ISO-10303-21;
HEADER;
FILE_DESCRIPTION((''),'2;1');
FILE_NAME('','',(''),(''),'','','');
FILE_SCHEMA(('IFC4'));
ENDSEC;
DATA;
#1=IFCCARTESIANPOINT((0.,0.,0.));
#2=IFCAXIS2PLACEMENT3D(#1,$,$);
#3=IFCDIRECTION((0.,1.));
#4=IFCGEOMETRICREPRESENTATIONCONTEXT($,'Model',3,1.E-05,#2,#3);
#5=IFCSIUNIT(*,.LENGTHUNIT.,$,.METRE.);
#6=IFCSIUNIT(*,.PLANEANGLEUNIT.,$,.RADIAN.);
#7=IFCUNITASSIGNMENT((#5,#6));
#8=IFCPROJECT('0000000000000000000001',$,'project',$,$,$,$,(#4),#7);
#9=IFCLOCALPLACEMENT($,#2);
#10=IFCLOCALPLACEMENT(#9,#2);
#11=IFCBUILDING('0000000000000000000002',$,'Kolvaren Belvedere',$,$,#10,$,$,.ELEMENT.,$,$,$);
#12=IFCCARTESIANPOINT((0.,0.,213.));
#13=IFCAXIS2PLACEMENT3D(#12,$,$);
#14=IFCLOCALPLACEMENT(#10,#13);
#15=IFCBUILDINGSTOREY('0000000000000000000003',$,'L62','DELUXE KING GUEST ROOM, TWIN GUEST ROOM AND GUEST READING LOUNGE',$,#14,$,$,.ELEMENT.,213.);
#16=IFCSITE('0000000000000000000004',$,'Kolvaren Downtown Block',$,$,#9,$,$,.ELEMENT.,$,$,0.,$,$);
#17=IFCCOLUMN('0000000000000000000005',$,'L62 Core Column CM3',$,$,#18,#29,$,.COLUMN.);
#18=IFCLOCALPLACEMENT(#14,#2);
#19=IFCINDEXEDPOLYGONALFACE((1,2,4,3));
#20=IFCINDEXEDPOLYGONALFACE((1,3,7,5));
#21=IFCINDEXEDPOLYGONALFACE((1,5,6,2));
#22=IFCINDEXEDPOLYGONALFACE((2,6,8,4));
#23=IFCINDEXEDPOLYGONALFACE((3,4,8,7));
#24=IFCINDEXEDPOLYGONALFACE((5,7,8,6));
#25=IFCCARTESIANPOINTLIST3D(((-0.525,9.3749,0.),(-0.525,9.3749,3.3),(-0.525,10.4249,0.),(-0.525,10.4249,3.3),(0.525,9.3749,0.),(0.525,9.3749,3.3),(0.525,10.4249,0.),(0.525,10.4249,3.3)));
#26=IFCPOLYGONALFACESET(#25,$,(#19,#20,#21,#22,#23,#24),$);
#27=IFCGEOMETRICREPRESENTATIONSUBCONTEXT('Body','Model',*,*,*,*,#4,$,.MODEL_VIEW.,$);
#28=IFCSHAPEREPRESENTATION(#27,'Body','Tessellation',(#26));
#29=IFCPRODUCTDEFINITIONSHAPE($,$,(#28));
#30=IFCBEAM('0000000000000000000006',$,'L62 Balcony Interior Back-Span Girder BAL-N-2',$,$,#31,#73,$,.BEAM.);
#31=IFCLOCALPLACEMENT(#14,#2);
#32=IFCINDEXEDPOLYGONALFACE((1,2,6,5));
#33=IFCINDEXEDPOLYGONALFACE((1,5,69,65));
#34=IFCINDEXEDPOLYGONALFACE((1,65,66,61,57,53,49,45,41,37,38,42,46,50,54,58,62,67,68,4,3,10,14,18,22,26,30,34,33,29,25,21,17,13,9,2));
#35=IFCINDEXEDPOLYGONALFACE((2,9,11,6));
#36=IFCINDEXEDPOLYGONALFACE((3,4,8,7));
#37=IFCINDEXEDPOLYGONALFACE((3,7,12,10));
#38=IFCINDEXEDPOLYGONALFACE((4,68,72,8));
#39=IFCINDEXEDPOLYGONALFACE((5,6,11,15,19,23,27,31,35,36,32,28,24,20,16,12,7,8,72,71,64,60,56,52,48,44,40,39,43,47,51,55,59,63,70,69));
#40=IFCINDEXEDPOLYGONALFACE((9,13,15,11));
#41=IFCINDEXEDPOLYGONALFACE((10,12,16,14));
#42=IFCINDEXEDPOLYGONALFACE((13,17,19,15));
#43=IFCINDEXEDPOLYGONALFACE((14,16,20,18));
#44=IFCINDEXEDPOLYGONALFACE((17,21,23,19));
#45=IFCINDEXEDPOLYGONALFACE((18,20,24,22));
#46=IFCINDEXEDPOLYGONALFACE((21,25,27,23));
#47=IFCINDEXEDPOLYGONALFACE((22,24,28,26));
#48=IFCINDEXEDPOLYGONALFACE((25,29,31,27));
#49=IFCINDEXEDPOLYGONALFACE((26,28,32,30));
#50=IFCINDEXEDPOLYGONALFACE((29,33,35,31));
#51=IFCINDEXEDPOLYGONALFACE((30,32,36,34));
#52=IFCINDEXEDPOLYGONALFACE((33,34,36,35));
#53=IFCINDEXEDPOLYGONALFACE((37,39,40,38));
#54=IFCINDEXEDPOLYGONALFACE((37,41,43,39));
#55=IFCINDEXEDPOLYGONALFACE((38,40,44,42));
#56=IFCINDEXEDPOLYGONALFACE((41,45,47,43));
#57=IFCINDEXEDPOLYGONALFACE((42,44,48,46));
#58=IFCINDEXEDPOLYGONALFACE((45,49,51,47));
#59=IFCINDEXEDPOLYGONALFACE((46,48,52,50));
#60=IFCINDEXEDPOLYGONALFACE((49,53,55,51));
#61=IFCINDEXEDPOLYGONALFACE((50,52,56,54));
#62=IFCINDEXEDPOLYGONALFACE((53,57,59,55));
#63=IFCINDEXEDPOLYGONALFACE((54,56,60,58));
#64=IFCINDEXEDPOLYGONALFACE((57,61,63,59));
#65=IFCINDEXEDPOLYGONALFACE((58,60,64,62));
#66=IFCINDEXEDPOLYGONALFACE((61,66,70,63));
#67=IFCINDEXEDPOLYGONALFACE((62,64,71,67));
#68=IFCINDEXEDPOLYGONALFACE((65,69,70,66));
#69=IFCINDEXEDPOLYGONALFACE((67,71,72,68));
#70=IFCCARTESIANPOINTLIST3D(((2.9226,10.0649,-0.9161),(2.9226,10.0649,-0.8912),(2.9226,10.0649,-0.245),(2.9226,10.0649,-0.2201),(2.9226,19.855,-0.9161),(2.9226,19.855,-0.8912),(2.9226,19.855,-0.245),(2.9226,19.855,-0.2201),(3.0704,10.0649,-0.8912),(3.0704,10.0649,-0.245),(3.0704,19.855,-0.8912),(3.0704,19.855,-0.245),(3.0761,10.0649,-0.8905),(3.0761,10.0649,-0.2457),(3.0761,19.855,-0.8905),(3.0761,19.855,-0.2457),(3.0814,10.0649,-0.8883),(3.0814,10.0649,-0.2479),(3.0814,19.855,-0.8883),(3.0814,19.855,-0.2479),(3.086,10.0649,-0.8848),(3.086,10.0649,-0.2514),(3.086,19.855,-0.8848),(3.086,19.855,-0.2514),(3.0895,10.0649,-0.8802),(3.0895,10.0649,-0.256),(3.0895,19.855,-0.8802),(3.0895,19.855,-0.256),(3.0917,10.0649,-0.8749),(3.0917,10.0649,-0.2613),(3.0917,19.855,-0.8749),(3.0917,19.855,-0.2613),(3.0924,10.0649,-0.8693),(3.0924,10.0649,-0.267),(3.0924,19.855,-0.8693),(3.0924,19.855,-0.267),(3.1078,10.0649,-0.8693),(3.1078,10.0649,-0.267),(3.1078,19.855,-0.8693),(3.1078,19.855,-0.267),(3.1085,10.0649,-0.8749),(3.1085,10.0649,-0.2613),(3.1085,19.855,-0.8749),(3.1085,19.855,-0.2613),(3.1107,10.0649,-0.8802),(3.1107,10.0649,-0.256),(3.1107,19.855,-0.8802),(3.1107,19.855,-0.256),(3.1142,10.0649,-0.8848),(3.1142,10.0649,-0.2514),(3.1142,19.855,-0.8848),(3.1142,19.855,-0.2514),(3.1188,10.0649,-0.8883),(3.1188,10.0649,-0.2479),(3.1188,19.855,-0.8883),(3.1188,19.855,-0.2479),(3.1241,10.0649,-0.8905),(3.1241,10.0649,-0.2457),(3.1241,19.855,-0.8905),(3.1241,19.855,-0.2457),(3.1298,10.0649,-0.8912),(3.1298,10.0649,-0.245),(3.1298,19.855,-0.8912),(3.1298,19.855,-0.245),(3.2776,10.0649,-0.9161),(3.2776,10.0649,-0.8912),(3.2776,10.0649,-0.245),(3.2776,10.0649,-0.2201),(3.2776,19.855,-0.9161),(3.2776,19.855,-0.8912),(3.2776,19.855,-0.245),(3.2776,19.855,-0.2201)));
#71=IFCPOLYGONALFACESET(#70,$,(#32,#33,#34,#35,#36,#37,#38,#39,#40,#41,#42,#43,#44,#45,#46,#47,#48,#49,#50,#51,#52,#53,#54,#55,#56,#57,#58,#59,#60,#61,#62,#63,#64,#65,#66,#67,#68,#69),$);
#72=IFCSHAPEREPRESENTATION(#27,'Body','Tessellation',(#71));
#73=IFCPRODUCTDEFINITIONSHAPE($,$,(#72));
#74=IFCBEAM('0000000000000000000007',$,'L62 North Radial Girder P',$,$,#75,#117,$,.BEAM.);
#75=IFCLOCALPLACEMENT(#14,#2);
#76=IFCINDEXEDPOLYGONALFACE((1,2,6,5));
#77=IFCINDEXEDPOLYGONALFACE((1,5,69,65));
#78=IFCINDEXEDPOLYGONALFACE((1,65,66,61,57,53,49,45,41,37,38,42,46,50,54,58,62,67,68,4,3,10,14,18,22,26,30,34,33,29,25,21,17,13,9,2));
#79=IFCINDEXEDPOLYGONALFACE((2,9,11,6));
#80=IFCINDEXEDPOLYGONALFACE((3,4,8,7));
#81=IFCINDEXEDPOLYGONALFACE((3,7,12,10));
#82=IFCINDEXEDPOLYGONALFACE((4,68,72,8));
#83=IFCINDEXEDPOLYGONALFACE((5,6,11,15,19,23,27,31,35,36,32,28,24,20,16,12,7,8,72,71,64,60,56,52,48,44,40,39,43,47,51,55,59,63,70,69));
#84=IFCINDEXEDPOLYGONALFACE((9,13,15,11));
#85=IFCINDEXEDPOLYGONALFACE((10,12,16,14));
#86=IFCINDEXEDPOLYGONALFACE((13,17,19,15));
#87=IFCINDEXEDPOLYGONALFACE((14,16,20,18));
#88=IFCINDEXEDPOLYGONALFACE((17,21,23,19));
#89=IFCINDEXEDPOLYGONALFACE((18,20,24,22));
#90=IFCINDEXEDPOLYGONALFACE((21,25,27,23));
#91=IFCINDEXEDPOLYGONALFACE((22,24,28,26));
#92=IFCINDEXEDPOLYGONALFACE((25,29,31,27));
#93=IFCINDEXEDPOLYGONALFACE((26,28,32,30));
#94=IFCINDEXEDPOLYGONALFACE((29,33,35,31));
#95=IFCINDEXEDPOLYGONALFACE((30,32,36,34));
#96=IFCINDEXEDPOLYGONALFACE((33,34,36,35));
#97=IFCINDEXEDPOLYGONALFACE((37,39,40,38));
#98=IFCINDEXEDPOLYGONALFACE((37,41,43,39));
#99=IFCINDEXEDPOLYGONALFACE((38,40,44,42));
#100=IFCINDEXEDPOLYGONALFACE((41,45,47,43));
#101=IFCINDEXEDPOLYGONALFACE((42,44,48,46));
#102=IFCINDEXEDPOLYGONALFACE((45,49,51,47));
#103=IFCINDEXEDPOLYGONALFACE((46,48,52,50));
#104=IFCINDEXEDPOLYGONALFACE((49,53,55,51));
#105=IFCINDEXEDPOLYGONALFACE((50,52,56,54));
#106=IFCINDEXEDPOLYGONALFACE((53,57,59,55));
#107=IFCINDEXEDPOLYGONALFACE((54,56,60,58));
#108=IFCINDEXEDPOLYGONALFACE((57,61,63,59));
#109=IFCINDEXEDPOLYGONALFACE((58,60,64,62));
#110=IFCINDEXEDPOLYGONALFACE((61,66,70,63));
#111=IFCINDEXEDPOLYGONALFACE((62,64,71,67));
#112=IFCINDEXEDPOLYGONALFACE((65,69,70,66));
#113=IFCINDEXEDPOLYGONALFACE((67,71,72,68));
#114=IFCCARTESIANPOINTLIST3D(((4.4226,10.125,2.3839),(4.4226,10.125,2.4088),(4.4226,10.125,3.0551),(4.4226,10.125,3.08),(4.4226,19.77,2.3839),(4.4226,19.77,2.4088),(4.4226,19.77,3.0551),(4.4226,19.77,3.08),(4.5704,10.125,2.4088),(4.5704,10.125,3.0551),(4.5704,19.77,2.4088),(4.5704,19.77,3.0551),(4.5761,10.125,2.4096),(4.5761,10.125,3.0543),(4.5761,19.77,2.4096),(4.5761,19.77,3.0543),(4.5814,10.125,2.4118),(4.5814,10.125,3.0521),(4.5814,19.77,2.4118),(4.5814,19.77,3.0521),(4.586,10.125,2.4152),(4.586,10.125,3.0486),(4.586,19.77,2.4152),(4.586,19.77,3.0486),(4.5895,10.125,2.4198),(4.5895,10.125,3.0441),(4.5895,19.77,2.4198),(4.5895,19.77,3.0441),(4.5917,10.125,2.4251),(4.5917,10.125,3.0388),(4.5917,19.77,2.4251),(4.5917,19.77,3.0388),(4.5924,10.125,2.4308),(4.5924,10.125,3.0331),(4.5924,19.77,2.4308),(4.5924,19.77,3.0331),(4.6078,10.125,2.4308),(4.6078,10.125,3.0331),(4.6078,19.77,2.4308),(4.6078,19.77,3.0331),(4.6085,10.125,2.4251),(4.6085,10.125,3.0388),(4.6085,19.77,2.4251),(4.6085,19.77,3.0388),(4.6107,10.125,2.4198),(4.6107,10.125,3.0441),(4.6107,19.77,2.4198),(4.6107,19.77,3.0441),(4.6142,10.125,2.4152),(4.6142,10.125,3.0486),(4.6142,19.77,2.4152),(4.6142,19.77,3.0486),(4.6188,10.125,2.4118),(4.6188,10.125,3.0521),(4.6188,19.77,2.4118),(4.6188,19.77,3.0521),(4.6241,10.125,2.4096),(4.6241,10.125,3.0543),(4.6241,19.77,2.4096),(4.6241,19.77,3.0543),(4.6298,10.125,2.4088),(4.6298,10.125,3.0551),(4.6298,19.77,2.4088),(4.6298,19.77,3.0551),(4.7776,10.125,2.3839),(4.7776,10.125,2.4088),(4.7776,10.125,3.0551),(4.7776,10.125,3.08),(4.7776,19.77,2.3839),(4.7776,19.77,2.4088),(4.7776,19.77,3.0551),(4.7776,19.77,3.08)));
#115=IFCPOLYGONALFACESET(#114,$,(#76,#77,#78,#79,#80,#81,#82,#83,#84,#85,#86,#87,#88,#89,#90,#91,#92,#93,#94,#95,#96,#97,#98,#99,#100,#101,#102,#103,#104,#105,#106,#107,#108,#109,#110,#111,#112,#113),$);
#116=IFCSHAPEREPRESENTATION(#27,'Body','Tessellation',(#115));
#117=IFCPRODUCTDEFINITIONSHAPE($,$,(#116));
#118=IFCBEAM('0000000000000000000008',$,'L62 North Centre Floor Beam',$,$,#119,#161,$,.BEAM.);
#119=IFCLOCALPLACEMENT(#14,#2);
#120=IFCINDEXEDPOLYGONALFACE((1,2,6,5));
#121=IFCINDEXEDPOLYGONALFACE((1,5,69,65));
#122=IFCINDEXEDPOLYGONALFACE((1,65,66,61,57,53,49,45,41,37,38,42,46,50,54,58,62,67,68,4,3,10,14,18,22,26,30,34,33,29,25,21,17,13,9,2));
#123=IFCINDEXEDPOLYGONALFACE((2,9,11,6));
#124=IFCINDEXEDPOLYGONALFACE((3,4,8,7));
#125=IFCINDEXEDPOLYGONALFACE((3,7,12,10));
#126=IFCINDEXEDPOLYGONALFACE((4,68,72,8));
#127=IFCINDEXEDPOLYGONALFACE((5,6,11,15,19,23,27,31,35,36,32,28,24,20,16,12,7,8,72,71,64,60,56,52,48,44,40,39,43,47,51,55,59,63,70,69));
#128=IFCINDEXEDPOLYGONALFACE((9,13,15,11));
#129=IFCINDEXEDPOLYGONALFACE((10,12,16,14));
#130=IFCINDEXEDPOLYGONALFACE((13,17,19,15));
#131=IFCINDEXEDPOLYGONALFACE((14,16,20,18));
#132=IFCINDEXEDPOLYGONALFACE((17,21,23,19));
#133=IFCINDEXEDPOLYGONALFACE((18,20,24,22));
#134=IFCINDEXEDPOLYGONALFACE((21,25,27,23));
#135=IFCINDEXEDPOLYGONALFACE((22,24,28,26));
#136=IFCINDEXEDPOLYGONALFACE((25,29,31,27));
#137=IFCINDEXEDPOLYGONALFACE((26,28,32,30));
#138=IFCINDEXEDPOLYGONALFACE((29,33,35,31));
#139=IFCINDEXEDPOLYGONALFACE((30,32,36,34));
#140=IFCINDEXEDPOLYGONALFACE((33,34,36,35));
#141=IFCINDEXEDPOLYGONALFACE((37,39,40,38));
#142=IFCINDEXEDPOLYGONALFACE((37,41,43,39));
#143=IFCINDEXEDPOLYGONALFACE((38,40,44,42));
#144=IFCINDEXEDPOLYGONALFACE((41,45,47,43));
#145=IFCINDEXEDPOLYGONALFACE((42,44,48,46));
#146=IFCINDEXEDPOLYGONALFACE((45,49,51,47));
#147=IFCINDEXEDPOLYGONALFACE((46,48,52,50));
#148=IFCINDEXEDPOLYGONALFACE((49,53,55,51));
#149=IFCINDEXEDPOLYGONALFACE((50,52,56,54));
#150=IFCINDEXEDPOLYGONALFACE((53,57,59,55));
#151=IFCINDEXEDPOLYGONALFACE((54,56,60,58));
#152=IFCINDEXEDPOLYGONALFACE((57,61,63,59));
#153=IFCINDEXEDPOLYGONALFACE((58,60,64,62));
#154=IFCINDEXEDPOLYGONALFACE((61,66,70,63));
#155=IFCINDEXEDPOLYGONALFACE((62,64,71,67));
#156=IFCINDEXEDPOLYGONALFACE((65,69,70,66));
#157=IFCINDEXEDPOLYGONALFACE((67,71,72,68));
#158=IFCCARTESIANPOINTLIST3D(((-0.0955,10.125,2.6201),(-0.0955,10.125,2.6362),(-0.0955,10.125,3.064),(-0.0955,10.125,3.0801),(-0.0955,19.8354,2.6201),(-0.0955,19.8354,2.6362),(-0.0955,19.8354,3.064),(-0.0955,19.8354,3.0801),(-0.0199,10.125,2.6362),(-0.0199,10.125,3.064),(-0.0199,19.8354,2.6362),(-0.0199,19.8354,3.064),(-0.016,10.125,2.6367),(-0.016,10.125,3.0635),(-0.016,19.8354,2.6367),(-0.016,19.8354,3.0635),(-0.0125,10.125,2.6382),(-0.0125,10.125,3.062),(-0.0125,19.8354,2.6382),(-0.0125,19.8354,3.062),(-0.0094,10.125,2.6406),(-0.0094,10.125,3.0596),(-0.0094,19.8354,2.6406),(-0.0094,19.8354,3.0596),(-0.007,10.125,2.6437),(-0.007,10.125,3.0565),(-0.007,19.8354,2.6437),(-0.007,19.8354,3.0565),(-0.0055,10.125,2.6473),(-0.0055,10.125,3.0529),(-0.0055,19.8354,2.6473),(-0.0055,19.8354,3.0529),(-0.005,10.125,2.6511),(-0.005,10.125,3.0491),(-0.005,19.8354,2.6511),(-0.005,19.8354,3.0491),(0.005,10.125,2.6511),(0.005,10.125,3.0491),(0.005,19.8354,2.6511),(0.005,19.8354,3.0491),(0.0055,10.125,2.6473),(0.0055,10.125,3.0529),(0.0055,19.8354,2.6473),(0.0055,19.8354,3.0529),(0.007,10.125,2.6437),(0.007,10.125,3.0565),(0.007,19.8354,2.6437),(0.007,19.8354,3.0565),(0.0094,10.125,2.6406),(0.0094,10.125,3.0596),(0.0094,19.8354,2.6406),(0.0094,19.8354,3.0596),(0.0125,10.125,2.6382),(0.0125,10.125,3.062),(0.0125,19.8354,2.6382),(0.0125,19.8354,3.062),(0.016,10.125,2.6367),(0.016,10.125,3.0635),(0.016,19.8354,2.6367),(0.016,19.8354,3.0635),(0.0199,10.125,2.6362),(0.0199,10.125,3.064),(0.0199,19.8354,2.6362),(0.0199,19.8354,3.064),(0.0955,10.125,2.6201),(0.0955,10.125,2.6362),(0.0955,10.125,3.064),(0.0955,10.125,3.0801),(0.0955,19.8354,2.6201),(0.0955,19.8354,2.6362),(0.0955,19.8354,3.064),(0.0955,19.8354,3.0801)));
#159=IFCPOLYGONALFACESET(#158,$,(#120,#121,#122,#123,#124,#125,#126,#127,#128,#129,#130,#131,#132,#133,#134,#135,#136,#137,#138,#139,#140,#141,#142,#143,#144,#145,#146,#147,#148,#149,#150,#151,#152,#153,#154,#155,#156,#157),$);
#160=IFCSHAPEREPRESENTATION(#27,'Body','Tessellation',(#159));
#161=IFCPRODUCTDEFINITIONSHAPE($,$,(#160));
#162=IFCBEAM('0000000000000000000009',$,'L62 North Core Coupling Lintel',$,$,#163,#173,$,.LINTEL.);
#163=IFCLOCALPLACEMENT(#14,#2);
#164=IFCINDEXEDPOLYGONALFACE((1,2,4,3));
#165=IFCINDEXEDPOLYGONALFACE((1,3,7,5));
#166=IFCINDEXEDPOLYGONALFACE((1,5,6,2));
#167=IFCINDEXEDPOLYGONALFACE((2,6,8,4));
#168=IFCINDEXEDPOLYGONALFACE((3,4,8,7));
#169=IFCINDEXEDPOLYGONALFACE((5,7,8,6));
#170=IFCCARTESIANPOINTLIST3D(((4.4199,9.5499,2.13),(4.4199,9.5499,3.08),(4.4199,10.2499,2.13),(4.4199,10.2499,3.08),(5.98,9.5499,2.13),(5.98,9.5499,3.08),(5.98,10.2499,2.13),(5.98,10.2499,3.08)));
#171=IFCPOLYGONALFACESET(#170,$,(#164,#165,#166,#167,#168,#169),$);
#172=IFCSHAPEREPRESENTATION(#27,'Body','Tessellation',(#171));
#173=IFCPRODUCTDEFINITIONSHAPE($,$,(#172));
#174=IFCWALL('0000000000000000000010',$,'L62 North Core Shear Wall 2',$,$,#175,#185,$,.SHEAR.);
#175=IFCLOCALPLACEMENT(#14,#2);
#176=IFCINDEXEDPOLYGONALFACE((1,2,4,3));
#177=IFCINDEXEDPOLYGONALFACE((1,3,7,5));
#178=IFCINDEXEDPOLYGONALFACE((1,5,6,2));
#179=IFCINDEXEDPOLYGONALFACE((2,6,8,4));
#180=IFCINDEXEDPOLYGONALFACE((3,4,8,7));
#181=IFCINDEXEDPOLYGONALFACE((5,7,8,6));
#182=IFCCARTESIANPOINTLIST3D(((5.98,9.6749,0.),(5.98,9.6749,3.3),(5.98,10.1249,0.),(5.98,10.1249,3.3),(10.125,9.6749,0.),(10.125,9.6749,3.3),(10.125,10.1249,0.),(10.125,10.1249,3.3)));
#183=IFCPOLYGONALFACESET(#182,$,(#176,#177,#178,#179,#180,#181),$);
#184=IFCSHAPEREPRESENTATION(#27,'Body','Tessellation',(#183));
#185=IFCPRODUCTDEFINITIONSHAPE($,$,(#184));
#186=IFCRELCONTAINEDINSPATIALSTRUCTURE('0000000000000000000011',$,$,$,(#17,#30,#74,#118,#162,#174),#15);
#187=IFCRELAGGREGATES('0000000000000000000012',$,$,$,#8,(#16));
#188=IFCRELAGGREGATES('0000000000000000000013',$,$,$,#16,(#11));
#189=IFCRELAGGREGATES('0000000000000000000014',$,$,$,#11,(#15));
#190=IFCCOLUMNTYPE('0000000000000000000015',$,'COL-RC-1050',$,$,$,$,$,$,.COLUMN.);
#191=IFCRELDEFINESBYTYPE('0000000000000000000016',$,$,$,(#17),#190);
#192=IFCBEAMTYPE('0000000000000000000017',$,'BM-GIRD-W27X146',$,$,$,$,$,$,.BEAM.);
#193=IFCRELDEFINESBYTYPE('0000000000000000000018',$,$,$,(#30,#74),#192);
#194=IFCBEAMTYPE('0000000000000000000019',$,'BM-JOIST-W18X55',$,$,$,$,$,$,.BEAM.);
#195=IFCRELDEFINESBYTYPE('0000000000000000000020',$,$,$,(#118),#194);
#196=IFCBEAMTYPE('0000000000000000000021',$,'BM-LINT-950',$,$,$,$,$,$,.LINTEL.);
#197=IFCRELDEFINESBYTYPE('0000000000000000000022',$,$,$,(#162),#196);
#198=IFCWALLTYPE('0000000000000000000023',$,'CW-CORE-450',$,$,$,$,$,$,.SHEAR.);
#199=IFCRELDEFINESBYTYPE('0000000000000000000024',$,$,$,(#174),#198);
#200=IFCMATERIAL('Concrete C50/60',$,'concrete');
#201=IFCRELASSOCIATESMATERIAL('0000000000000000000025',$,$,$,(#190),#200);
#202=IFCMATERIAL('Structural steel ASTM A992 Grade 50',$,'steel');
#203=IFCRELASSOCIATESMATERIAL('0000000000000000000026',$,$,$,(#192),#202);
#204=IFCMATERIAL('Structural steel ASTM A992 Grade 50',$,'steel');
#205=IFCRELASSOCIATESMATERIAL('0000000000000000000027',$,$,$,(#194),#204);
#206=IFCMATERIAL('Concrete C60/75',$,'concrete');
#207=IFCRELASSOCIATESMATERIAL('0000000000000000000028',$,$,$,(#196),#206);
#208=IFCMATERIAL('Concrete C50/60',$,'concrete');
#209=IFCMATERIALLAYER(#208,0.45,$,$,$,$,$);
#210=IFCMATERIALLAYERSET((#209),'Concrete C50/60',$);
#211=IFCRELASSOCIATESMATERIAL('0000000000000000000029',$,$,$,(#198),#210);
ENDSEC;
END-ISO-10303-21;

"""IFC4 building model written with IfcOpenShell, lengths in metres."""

from ifc_helpers import new_model, si_unit, direction, frame, frame_2d, origin, origin_2d, place, context, subcontext, project, spatial, rectangle, i_section, extrude, material, layer, layer_set, material_profile, profile_set, type_object, element, save


model = new_model("IFC4")

# Units and contexts
model_context = context("Model", 3, precision=1e-05, world=origin(), true_north=direction((0.0, 1.0)))
body_context = subcontext(model_context, "Body", "Model", "MODEL_VIEW")
ifc_project = project(units=[si_unit("LENGTHUNIT", "METRE"), si_unit("PLANEANGLEUNIT", "RADIAN")], contexts=[model_context])

# Site, building, storey
site_placement = place(None, origin())
site = spatial("IfcSite", under=ifc_project, at=site_placement, Name="Kolvaren Downtown Block", CompositionType="ELEMENT", RefElevation=0.0)
building_placement = place(site_placement, origin())
building = spatial("IfcBuilding", under=site, at=building_placement, Name="Kolvaren Belvedere", CompositionType="ELEMENT")
storey_placement = place(building_placement, frame((0.0, 0.0, 213.0)))
storey = spatial("IfcBuildingStorey", under=building, at=storey_placement, Name="L62", Description="DELUXE KING GUEST ROOM, TWIN GUEST ROOM AND GUEST READING LOUNGE", CompositionType="ELEMENT", Elevation=213.0)

# Column
ifc_material_1 = material(Name="Concrete C50/60", Category="concrete")
ifc_material_profile_1 = material_profile(ifc_material_1, rectangle(XDim=1.05, YDim=1.05, at=origin_2d()), Name="RC 1050X1050")
ifc_profile_set_1 = profile_set([ifc_material_profile_1], Name="Concrete C50/60")
column_type = type_object("IfcColumnType", Name="COL-RC-1050", PredefinedType="COLUMN", material=ifc_profile_set_1)
column_placement = place(storey_placement, frame((0.0, 9.8999, 0.0), z_axis=(0.0, 0.0, 1.0), x_axis=(1.0, 0.0, 0.0)))
element("IfcColumn", 1, at=column_placement, inside=storey, type_object=column_type, Name="L62 Core Column CM3", PredefinedType="COLUMN", context=body_context, shape_type="SweptSolid", body=[
    extrude(rectangle(XDim=1.05, YDim=1.05, at=origin_2d()), origin(), (0.0, 0.0, 1.0), 3.3),
])

# Beams
ifc_material_2 = material(Name="Structural steel ASTM A992 Grade 50", Category="steel")
ifc_material_profile_2 = material_profile(ifc_material_2, i_section(OverallWidth=0.355, OverallDepth=0.696, WebThickness=0.0154, FlangeThickness=0.0249, FilletRadius=0.022, at=origin_2d()), Name="W27X146")
ifc_profile_set_2 = profile_set([ifc_material_profile_2], Name="Structural steel ASTM A992 Grade 50")
beam_type_1 = type_object("IfcBeamType", Name="BM-GIRD-W27X146", PredefinedType="BEAM", material=ifc_profile_set_2)
beam_1_placement = place(storey_placement, frame((3.1001, 10.0649, -0.5681), z_axis=(0.0, 1.0, 0.0), x_axis=(-1.0, 0.0, 0.0)))
element("IfcBeam", 2, at=beam_1_placement, inside=storey, type_object=beam_type_1, Name="L62 Balcony Interior Back-Span Girder BAL-N-2", PredefinedType="BEAM", context=body_context, shape_type="SweptSolid", body=[
    extrude(i_section(OverallWidth=0.355, OverallDepth=0.696, WebThickness=0.0154, FlangeThickness=0.0249, FilletRadius=0.022, at=origin_2d()), origin(), (0.0, 0.0, 1.0), 9.79),
])
beam_2_placement = place(storey_placement, frame((4.6001, 10.125, 2.7319), z_axis=(0.0, 1.0, 0.0), x_axis=(-1.0, 0.0, 0.0)))
element("IfcBeam", 3, at=beam_2_placement, inside=storey, type_object=beam_type_1, Name="L62 North Radial Girder P", PredefinedType="BEAM", context=body_context, shape_type="SweptSolid", body=[
    extrude(i_section(OverallWidth=0.355, OverallDepth=0.696, WebThickness=0.0154, FlangeThickness=0.0249, FilletRadius=0.022, at=origin_2d()), origin(), (0.0, 0.0, 1.0), 9.645),
])
ifc_material_3 = material(Name="Structural steel ASTM A992 Grade 50", Category="steel")
ifc_material_profile_3 = material_profile(ifc_material_3, i_section(OverallWidth=0.1909, OverallDepth=0.46, WebThickness=0.01, FlangeThickness=0.0161, FilletRadius=0.0149, at=origin_2d()), Name="W18X55")
ifc_profile_set_3 = profile_set([ifc_material_profile_3], Name="Structural steel ASTM A992 Grade 50")
beam_type_2 = type_object("IfcBeamType", Name="BM-JOIST-W18X55", PredefinedType="BEAM", material=ifc_profile_set_3)
beam_3_placement = place(storey_placement, frame((0.0, 10.125, 2.8501), z_axis=(0.0, 1.0, 0.0), x_axis=(-1.0, 0.0, 0.0)))
element("IfcBeam", 4, at=beam_3_placement, inside=storey, type_object=beam_type_2, Name="L62 North Centre Floor Beam", PredefinedType="BEAM", context=body_context, shape_type="SweptSolid", body=[
    extrude(i_section(OverallWidth=0.1909, OverallDepth=0.46, WebThickness=0.01, FlangeThickness=0.0161, FilletRadius=0.0149, at=origin_2d()), origin(), (0.0, 0.0, 1.0), 9.7104),
])
ifc_material_4 = material(Name="Concrete C60/75", Category="concrete")
ifc_material_profile_4 = material_profile(ifc_material_4, rectangle(XDim=0.7, YDim=0.95, at=origin_2d()), Name="RC 700X950")
ifc_profile_set_4 = profile_set([ifc_material_profile_4], Name="Concrete C60/75")
beam_type_3 = type_object("IfcBeamType", Name="BM-LINT-950", PredefinedType="LINTEL", material=ifc_profile_set_4)
beam_4_placement = place(storey_placement, frame((4.4199, 9.8999, 2.605), z_axis=(1.0, 0.0, 0.0), x_axis=(0.0, 1.0, 0.0)))
element("IfcBeam", 5, at=beam_4_placement, inside=storey, type_object=beam_type_3, Name="L62 North Core Coupling Lintel", PredefinedType="LINTEL", context=body_context, shape_type="SweptSolid", body=[
    extrude(rectangle(XDim=0.7, YDim=0.95, at=origin_2d()), origin(), (0.0, 0.0, 1.0), 1.5601),
])

# Wall
ifc_material_5 = material(Name="Concrete C50/60", Category="concrete")
ifc_layer_1 = layer(ifc_material_5, 0.45)
ifc_layer_set_1 = layer_set([ifc_layer_1], Name="Concrete C50/60")
wall_type_1 = type_object("IfcWallType", Name="CW-CORE-450", PredefinedType="SHEAR", material=ifc_layer_set_1)
wall_1_placement = place(storey_placement, frame((5.98, 9.8999, 0.0), z_axis=(0.0, 0.0, 1.0), x_axis=(1.0, 0.0, 0.0)))
element("IfcWall", 6, at=wall_1_placement, inside=storey, type_object=wall_type_1, Name="L62 North Core Shear Wall 2", PredefinedType="SHEAR", context=body_context, shape_type="SweptSolid", body=[
    extrude(rectangle(XDim=4.145, YDim=0.45, at=frame_2d((2.0725, 0.0))), origin(), (0.0, 0.0, 1.0), 3.3),
])

save(model, "model.ifc")
